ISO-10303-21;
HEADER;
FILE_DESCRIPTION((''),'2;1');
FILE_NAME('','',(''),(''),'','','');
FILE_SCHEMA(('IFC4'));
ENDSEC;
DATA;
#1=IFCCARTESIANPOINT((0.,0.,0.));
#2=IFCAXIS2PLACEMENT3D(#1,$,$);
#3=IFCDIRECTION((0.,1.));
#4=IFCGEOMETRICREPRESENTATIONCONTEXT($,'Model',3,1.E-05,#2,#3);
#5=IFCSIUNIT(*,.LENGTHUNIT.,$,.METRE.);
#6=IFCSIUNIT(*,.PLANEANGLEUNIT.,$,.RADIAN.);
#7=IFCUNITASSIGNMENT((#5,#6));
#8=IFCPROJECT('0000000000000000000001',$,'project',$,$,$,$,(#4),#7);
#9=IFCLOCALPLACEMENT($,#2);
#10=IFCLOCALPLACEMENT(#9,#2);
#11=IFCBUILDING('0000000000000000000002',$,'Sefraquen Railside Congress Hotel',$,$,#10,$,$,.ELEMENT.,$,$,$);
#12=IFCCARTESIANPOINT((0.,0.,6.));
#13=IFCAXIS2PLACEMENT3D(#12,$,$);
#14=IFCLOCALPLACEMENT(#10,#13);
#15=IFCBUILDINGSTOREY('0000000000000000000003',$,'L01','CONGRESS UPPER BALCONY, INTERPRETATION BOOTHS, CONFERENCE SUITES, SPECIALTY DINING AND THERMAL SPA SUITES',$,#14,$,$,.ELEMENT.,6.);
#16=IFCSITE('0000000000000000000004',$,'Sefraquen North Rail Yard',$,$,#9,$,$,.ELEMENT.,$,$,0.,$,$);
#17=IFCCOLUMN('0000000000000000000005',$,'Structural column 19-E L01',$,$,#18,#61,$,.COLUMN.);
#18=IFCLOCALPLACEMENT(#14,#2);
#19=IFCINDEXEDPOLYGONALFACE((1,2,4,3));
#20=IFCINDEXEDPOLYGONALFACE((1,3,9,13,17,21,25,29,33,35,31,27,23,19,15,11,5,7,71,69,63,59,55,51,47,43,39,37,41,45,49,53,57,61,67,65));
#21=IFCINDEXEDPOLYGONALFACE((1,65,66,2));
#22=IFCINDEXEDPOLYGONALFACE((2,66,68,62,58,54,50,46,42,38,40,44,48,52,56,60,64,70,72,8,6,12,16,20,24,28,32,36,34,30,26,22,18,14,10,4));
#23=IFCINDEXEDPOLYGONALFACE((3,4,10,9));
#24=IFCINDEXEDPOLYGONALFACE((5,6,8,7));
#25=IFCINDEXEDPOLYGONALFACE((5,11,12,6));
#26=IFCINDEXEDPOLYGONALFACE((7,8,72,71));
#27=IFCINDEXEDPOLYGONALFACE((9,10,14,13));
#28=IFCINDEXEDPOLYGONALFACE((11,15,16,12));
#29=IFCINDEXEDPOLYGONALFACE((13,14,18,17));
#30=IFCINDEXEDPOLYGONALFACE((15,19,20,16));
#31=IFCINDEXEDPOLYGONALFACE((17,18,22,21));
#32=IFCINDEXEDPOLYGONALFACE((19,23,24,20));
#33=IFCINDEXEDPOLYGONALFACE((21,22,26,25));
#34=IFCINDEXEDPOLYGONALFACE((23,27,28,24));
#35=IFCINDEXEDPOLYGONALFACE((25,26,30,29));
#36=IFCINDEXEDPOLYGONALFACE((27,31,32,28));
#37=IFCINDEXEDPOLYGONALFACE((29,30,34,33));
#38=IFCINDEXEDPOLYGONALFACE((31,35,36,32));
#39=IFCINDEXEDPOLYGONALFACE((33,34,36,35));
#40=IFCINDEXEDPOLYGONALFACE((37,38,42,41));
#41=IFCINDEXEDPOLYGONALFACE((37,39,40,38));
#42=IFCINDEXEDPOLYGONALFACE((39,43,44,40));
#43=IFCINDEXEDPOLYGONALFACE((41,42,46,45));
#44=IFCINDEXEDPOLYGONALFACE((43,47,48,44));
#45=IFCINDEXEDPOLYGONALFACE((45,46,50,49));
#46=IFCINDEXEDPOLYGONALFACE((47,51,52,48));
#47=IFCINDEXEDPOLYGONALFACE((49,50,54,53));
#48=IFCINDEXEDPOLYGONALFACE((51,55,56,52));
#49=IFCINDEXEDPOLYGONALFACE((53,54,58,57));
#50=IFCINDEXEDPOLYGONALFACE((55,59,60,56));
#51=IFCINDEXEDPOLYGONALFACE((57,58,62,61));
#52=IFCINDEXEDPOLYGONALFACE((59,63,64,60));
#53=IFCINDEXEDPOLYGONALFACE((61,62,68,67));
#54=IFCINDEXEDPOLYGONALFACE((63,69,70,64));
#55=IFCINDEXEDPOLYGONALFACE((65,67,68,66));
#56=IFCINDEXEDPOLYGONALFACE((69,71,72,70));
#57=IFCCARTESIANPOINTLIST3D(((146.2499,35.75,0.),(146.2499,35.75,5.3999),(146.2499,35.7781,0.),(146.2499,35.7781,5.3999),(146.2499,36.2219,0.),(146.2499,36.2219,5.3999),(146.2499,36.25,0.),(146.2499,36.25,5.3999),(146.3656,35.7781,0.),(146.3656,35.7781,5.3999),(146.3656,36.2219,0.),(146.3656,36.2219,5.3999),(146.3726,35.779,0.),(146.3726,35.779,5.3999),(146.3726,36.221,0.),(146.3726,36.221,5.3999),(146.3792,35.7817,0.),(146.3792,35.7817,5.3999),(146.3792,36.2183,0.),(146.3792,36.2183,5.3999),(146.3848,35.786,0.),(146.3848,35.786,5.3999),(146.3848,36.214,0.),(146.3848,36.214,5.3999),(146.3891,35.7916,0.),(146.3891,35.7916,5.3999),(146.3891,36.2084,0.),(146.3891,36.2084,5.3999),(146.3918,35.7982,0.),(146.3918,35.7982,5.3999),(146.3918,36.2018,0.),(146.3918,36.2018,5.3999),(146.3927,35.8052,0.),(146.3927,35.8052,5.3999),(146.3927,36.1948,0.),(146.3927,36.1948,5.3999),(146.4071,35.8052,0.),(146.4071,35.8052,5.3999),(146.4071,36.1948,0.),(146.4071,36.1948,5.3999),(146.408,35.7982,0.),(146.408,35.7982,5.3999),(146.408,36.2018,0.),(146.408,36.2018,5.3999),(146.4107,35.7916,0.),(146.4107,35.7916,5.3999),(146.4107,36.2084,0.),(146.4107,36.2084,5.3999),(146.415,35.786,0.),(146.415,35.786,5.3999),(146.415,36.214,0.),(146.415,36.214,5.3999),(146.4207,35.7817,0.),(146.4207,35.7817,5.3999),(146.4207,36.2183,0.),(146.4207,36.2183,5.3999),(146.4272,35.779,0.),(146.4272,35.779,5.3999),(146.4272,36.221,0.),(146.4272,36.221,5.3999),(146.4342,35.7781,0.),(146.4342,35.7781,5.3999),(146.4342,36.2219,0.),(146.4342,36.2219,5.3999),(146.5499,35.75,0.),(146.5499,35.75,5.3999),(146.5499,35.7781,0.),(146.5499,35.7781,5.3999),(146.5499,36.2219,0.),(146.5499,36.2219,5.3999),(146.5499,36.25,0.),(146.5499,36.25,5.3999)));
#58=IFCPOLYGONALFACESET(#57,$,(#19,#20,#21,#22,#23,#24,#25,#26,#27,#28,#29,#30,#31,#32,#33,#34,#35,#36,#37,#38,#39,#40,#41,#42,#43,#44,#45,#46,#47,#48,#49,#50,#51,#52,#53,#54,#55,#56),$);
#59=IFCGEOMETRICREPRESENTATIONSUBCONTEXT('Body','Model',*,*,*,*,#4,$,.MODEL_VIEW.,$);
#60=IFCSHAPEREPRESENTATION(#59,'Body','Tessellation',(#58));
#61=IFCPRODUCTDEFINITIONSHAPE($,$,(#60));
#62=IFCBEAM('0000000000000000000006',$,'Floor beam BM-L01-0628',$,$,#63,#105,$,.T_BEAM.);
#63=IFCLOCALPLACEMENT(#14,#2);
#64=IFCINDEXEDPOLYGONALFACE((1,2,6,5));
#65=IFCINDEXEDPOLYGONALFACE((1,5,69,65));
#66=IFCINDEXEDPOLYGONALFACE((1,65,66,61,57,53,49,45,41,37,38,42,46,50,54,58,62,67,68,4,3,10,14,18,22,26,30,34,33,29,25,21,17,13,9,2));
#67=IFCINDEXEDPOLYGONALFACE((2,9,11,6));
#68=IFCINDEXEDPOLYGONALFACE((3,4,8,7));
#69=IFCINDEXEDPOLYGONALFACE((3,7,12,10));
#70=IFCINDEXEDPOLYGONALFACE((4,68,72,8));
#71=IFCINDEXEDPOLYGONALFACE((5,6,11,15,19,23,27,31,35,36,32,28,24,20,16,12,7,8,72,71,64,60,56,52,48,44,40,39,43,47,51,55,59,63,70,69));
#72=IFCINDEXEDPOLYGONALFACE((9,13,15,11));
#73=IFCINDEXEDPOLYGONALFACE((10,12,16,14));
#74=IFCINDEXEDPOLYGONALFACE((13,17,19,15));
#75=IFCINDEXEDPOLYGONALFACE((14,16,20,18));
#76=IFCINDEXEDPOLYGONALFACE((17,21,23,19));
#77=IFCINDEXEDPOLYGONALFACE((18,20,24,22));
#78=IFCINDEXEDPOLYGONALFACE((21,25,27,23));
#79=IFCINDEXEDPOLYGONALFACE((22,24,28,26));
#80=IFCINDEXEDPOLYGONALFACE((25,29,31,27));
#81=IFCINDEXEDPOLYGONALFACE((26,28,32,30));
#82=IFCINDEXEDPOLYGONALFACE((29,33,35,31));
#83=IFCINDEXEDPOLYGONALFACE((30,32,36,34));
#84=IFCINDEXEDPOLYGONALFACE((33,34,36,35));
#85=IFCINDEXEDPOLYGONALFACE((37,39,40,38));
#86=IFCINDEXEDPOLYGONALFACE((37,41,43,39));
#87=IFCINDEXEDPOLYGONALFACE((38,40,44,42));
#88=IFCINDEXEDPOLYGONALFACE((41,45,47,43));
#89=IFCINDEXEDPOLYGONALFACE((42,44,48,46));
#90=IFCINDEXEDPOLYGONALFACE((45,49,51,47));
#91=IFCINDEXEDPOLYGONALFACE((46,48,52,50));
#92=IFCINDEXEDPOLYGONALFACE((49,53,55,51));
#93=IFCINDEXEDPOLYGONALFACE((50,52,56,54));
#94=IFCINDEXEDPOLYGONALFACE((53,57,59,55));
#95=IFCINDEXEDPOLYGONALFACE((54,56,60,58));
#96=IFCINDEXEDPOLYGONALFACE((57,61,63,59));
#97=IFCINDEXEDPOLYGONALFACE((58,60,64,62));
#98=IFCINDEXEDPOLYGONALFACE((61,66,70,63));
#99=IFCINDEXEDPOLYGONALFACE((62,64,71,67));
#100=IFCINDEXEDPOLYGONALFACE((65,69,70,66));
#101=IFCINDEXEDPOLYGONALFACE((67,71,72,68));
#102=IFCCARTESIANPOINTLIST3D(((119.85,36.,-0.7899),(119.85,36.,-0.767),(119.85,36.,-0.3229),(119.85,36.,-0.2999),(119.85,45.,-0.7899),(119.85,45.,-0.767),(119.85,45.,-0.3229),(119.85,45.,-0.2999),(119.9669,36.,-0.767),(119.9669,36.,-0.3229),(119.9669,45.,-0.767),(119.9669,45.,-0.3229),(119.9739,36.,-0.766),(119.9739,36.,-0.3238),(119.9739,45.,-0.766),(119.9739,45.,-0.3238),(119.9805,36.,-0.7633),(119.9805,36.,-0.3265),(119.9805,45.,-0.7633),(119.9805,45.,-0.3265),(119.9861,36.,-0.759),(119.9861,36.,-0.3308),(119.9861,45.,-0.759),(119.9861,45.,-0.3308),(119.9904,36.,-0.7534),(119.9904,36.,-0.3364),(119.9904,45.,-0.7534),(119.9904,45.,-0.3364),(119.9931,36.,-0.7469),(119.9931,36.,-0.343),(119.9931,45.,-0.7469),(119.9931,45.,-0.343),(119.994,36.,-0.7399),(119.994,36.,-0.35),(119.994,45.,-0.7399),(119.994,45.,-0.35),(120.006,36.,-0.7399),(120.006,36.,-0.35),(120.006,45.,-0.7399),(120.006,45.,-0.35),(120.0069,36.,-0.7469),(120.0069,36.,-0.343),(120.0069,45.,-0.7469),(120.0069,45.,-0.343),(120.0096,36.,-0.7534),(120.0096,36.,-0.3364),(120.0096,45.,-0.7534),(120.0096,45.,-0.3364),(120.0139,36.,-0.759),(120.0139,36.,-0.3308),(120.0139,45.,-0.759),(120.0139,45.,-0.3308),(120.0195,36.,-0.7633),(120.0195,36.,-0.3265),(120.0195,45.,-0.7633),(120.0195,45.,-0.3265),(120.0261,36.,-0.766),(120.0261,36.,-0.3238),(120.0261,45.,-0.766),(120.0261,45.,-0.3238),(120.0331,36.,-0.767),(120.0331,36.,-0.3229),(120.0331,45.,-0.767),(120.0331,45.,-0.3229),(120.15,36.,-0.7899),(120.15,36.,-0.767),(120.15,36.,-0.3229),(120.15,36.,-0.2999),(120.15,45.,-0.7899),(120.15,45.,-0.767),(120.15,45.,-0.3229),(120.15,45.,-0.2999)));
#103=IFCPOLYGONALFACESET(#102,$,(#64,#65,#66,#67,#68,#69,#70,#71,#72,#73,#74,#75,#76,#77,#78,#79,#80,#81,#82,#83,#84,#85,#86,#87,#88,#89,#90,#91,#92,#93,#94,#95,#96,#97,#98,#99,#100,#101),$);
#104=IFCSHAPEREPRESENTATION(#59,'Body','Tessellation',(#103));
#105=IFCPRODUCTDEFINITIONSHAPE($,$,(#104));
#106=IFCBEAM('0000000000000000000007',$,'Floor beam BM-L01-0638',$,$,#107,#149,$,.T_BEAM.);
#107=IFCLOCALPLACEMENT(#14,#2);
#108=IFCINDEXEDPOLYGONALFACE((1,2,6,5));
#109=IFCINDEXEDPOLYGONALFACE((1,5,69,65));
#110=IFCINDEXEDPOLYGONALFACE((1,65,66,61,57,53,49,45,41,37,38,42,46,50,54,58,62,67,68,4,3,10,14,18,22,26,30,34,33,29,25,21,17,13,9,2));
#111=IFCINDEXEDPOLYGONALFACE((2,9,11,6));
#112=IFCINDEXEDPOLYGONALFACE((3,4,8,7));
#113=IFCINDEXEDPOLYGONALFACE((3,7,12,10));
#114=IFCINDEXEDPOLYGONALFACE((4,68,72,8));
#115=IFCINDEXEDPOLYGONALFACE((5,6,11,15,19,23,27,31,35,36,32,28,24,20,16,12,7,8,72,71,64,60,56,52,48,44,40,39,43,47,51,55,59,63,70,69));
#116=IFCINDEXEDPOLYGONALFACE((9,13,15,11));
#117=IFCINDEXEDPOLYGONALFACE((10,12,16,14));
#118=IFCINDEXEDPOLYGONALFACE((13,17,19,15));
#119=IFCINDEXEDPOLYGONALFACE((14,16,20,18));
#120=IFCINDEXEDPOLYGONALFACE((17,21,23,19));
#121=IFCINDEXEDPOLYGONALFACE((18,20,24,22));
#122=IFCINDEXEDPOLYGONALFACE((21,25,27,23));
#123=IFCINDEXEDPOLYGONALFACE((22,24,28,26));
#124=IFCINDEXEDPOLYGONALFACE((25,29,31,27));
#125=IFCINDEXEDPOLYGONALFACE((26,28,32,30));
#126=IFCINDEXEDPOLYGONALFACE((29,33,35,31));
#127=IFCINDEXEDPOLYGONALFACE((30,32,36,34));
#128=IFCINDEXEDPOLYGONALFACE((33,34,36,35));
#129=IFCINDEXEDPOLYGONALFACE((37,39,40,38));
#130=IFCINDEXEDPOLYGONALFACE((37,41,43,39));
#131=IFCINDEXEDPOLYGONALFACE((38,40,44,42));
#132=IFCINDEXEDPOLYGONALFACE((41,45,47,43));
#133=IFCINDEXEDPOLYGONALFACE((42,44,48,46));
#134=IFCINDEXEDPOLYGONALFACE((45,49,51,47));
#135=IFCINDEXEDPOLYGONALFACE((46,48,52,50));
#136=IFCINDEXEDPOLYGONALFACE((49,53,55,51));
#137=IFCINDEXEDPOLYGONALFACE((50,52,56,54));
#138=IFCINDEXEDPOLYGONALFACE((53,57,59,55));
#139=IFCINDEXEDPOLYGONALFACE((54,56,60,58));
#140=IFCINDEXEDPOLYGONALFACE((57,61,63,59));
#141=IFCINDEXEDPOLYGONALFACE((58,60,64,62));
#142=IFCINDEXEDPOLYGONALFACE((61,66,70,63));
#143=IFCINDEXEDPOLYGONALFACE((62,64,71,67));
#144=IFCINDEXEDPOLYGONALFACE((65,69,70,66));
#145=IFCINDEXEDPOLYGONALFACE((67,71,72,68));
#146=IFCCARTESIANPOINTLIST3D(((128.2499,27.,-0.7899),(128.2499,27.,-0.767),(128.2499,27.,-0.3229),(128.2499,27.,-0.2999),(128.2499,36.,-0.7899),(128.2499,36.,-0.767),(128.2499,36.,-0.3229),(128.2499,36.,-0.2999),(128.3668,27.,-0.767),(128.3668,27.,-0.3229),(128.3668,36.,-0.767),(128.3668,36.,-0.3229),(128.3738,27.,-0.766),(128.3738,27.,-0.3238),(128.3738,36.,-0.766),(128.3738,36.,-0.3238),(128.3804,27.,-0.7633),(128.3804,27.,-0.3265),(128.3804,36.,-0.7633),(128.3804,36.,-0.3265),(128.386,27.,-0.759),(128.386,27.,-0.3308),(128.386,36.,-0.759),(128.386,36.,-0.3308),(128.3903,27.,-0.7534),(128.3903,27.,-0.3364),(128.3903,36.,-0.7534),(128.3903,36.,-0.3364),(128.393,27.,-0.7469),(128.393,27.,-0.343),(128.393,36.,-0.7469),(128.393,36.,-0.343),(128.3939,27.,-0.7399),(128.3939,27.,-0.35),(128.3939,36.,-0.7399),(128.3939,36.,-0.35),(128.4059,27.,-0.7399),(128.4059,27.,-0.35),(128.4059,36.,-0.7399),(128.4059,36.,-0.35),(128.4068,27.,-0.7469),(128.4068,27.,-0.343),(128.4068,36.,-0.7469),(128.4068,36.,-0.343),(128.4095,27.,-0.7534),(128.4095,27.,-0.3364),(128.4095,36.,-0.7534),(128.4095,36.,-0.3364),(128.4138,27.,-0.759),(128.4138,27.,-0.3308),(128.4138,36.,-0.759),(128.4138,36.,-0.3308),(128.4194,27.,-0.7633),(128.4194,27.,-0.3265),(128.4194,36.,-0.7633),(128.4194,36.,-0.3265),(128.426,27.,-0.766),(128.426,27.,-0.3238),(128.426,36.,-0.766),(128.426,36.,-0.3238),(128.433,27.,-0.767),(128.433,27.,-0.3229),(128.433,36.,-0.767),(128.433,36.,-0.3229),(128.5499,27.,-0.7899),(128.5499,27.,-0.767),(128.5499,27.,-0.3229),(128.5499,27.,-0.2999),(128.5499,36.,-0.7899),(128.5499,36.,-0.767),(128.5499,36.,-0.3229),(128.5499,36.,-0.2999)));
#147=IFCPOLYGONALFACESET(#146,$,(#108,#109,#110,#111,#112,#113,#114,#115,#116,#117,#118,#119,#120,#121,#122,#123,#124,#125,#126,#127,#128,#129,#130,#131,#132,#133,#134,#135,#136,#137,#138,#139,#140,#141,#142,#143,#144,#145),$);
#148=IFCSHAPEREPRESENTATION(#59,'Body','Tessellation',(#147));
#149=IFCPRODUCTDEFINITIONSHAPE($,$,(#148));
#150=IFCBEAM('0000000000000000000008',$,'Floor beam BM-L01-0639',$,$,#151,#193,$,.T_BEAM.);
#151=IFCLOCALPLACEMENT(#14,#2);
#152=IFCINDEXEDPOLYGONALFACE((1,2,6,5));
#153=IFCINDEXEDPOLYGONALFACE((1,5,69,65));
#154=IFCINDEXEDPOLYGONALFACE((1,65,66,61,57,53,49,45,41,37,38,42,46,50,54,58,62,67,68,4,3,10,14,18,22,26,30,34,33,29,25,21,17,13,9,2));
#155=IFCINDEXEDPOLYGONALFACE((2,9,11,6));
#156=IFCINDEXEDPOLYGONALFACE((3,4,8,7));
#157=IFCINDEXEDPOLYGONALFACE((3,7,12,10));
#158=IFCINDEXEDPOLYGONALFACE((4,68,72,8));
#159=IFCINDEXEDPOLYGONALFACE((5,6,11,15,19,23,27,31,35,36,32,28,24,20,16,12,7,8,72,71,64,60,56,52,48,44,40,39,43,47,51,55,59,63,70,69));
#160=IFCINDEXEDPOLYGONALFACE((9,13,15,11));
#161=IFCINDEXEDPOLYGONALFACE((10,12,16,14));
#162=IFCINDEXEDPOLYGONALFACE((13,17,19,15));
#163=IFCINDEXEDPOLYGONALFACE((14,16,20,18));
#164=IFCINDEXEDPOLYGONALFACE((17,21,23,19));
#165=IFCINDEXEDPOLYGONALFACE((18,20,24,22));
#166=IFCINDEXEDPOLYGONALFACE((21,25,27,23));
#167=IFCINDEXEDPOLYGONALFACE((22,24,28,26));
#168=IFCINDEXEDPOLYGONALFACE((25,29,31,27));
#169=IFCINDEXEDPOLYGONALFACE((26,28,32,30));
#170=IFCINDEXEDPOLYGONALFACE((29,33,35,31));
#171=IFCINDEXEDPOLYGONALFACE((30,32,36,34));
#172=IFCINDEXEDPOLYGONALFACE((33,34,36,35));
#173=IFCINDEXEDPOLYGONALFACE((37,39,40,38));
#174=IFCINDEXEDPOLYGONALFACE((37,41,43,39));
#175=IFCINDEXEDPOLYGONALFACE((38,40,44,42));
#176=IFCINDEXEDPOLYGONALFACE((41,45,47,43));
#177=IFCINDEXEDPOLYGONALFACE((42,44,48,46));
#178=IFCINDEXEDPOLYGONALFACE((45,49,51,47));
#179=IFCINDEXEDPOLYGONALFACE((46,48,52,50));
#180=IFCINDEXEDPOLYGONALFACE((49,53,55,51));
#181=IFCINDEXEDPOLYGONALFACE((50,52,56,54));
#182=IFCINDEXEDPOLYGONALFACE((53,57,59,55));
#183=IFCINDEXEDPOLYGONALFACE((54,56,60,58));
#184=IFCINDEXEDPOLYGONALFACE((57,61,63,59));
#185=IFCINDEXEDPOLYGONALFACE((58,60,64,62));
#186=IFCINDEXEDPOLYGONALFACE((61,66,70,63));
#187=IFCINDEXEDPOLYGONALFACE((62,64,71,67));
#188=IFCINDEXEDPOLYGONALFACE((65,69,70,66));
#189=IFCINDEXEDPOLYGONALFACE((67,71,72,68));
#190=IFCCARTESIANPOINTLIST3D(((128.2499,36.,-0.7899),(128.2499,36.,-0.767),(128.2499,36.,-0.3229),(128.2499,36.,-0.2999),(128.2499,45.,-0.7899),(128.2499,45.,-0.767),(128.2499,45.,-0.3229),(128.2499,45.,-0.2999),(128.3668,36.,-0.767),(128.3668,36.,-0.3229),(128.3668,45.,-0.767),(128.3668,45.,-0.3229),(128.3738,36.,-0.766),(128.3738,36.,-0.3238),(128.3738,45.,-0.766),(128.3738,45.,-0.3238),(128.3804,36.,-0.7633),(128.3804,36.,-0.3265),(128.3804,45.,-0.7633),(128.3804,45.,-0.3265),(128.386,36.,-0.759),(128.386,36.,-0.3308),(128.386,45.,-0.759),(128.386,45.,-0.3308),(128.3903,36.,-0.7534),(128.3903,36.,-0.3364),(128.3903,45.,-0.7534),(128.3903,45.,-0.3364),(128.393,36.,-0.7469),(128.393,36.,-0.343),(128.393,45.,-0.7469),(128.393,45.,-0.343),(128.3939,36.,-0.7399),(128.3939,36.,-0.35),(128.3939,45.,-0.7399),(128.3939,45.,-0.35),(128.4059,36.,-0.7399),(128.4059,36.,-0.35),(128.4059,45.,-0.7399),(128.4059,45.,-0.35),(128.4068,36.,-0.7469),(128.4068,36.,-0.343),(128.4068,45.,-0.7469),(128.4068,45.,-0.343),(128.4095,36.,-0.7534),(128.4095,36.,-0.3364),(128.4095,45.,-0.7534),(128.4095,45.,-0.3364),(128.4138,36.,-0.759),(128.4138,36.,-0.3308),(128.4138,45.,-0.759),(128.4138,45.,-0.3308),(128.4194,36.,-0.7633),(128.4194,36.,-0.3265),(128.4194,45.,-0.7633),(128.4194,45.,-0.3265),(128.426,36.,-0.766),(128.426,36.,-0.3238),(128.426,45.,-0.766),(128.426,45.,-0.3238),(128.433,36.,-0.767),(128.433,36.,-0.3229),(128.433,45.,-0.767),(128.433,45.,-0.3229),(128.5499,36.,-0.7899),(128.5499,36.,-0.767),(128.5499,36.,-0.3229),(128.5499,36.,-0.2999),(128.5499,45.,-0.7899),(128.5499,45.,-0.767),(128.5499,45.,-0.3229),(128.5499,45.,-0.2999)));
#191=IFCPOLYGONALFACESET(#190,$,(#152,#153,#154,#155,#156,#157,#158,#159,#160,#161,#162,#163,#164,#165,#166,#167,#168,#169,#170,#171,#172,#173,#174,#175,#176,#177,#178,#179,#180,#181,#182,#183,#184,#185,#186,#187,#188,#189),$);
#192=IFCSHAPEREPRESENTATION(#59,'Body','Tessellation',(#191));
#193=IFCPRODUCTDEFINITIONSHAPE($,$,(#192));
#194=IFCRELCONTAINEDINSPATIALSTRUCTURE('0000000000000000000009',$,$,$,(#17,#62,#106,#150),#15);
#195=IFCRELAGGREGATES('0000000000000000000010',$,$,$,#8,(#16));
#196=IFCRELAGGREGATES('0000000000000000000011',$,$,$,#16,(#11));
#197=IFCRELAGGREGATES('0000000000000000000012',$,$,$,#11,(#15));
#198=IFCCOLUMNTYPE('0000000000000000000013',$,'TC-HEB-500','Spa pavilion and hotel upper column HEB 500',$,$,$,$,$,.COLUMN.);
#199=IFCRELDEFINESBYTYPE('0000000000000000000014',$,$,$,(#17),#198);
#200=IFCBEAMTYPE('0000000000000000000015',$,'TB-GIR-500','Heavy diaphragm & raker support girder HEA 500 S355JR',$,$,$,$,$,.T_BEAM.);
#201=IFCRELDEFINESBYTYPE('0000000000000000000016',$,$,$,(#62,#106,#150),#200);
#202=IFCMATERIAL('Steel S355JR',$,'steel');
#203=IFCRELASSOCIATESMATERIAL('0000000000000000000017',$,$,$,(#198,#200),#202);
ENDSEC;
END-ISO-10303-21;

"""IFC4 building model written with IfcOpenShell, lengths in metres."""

from ifc_helpers import new_model, si_unit, direction, frame, origin, origin_2d, place, context, subcontext, project, spatial, i_section, extrude, material, material_profile, profile_set, type_object, element, save


model = new_model("IFC4")

# Units and contexts
model_context = context("Model", 3, precision=1e-05, world=origin(), true_north=direction((0.0, 1.0)))
body_context = subcontext(model_context, "Body", "Model", "MODEL_VIEW")
ifc_project = project(units=[si_unit("LENGTHUNIT", "METRE"), si_unit("PLANEANGLEUNIT", "RADIAN")], contexts=[model_context])

# Site, building, storey
site_placement = place(None, origin())
site = spatial("IfcSite", under=ifc_project, at=site_placement, Name="Sefraquen North Rail Yard", CompositionType="ELEMENT", RefElevation=0.0)
building_placement = place(site_placement, origin())
building = spatial("IfcBuilding", under=site, at=building_placement, Name="Sefraquen Railside Congress Hotel", CompositionType="ELEMENT")
storey_placement = place(building_placement, frame((0.0, 0.0, 6.0)))
storey = spatial("IfcBuildingStorey", under=building, at=storey_placement, Name="L01", Description="CONGRESS UPPER BALCONY, INTERPRETATION BOOTHS, CONFERENCE SUITES, SPECIALTY DINING AND THERMAL SPA SUITES", CompositionType="ELEMENT", Elevation=6.0)

# Column
ifc_material_1 = material(Name="Steel S355JR", Category="steel")
ifc_material_profile_1 = material_profile(ifc_material_1, i_section(OverallWidth=0.3, OverallDepth=0.5, WebThickness=0.0144, FlangeThickness=0.0281, FilletRadius=0.0271, at=origin_2d()), Name="HEB 500")
ifc_profile_set_1 = profile_set([ifc_material_profile_1], Name="Steel S355JR")
column_type = type_object("IfcColumnType", Name="TC-HEB-500", Description="Spa pavilion and hotel upper column HEB 500", PredefinedType="COLUMN", material=ifc_profile_set_1)
for number, where, z_axis, x_axis, name in (
    (1, (146.3999, 36.0, 0.0), (0.0, 0.0, 1.0), (1.0, 0.0, 0.0), "Structural column 19-E L01"),
):
    element("IfcColumn", number, at=place(storey_placement, frame(where, z_axis=z_axis, x_axis=x_axis)), inside=storey, type_object=column_type, Name=name, PredefinedType="COLUMN", context=body_context, shape_type="SweptSolid", body=[
        extrude(i_section(OverallWidth=0.3, OverallDepth=0.5, WebThickness=0.0144, FlangeThickness=0.0281, FilletRadius=0.0271, at=origin_2d()), origin(), (0.0, 0.0, 1.0), 5.3999),
    ])

# Beams
ifc_material_profile_2 = material_profile(ifc_material_1, i_section(OverallWidth=0.3, OverallDepth=0.49, WebThickness=0.012, FlangeThickness=0.0229, FilletRadius=0.0271, at=origin_2d()), Name="HEA 500")
ifc_profile_set_2 = profile_set([ifc_material_profile_2], Name="Steel S355JR")
beam_type_1 = type_object("IfcBeamType", Name="TB-GIR-500", Description="Heavy diaphragm & raker support girder HEA 500 S355JR", PredefinedType="T_BEAM", material=ifc_profile_set_2)
for number, where, z_axis, x_axis, name in (
    (2, (120.0, 36.0, -0.5449), (0.0, 1.0, 0.0), (-1.0, 0.0, 0.0), "Floor beam BM-L01-0628"),
    (3, (128.3999, 27.0, -0.5449), (0.0, 1.0, 0.0), (-1.0, 0.0, 0.0), "Floor beam BM-L01-0638"),
    (4, (128.3999, 36.0, -0.5449), (0.0, 1.0, 0.0), (-1.0, 0.0, 0.0), "Floor beam BM-L01-0639"),
):
    element("IfcBeam", number, at=place(storey_placement, frame(where, z_axis=z_axis, x_axis=x_axis)), inside=storey, type_object=beam_type_1, Name=name, PredefinedType="T_BEAM", context=body_context, shape_type="SweptSolid", body=[
        extrude(i_section(OverallWidth=0.3, OverallDepth=0.49, WebThickness=0.012, FlangeThickness=0.0229, FilletRadius=0.0271, at=origin_2d()), origin(), (0.0, 0.0, 1.0), 9.0),
    ])

save(model, "model.ifc")
